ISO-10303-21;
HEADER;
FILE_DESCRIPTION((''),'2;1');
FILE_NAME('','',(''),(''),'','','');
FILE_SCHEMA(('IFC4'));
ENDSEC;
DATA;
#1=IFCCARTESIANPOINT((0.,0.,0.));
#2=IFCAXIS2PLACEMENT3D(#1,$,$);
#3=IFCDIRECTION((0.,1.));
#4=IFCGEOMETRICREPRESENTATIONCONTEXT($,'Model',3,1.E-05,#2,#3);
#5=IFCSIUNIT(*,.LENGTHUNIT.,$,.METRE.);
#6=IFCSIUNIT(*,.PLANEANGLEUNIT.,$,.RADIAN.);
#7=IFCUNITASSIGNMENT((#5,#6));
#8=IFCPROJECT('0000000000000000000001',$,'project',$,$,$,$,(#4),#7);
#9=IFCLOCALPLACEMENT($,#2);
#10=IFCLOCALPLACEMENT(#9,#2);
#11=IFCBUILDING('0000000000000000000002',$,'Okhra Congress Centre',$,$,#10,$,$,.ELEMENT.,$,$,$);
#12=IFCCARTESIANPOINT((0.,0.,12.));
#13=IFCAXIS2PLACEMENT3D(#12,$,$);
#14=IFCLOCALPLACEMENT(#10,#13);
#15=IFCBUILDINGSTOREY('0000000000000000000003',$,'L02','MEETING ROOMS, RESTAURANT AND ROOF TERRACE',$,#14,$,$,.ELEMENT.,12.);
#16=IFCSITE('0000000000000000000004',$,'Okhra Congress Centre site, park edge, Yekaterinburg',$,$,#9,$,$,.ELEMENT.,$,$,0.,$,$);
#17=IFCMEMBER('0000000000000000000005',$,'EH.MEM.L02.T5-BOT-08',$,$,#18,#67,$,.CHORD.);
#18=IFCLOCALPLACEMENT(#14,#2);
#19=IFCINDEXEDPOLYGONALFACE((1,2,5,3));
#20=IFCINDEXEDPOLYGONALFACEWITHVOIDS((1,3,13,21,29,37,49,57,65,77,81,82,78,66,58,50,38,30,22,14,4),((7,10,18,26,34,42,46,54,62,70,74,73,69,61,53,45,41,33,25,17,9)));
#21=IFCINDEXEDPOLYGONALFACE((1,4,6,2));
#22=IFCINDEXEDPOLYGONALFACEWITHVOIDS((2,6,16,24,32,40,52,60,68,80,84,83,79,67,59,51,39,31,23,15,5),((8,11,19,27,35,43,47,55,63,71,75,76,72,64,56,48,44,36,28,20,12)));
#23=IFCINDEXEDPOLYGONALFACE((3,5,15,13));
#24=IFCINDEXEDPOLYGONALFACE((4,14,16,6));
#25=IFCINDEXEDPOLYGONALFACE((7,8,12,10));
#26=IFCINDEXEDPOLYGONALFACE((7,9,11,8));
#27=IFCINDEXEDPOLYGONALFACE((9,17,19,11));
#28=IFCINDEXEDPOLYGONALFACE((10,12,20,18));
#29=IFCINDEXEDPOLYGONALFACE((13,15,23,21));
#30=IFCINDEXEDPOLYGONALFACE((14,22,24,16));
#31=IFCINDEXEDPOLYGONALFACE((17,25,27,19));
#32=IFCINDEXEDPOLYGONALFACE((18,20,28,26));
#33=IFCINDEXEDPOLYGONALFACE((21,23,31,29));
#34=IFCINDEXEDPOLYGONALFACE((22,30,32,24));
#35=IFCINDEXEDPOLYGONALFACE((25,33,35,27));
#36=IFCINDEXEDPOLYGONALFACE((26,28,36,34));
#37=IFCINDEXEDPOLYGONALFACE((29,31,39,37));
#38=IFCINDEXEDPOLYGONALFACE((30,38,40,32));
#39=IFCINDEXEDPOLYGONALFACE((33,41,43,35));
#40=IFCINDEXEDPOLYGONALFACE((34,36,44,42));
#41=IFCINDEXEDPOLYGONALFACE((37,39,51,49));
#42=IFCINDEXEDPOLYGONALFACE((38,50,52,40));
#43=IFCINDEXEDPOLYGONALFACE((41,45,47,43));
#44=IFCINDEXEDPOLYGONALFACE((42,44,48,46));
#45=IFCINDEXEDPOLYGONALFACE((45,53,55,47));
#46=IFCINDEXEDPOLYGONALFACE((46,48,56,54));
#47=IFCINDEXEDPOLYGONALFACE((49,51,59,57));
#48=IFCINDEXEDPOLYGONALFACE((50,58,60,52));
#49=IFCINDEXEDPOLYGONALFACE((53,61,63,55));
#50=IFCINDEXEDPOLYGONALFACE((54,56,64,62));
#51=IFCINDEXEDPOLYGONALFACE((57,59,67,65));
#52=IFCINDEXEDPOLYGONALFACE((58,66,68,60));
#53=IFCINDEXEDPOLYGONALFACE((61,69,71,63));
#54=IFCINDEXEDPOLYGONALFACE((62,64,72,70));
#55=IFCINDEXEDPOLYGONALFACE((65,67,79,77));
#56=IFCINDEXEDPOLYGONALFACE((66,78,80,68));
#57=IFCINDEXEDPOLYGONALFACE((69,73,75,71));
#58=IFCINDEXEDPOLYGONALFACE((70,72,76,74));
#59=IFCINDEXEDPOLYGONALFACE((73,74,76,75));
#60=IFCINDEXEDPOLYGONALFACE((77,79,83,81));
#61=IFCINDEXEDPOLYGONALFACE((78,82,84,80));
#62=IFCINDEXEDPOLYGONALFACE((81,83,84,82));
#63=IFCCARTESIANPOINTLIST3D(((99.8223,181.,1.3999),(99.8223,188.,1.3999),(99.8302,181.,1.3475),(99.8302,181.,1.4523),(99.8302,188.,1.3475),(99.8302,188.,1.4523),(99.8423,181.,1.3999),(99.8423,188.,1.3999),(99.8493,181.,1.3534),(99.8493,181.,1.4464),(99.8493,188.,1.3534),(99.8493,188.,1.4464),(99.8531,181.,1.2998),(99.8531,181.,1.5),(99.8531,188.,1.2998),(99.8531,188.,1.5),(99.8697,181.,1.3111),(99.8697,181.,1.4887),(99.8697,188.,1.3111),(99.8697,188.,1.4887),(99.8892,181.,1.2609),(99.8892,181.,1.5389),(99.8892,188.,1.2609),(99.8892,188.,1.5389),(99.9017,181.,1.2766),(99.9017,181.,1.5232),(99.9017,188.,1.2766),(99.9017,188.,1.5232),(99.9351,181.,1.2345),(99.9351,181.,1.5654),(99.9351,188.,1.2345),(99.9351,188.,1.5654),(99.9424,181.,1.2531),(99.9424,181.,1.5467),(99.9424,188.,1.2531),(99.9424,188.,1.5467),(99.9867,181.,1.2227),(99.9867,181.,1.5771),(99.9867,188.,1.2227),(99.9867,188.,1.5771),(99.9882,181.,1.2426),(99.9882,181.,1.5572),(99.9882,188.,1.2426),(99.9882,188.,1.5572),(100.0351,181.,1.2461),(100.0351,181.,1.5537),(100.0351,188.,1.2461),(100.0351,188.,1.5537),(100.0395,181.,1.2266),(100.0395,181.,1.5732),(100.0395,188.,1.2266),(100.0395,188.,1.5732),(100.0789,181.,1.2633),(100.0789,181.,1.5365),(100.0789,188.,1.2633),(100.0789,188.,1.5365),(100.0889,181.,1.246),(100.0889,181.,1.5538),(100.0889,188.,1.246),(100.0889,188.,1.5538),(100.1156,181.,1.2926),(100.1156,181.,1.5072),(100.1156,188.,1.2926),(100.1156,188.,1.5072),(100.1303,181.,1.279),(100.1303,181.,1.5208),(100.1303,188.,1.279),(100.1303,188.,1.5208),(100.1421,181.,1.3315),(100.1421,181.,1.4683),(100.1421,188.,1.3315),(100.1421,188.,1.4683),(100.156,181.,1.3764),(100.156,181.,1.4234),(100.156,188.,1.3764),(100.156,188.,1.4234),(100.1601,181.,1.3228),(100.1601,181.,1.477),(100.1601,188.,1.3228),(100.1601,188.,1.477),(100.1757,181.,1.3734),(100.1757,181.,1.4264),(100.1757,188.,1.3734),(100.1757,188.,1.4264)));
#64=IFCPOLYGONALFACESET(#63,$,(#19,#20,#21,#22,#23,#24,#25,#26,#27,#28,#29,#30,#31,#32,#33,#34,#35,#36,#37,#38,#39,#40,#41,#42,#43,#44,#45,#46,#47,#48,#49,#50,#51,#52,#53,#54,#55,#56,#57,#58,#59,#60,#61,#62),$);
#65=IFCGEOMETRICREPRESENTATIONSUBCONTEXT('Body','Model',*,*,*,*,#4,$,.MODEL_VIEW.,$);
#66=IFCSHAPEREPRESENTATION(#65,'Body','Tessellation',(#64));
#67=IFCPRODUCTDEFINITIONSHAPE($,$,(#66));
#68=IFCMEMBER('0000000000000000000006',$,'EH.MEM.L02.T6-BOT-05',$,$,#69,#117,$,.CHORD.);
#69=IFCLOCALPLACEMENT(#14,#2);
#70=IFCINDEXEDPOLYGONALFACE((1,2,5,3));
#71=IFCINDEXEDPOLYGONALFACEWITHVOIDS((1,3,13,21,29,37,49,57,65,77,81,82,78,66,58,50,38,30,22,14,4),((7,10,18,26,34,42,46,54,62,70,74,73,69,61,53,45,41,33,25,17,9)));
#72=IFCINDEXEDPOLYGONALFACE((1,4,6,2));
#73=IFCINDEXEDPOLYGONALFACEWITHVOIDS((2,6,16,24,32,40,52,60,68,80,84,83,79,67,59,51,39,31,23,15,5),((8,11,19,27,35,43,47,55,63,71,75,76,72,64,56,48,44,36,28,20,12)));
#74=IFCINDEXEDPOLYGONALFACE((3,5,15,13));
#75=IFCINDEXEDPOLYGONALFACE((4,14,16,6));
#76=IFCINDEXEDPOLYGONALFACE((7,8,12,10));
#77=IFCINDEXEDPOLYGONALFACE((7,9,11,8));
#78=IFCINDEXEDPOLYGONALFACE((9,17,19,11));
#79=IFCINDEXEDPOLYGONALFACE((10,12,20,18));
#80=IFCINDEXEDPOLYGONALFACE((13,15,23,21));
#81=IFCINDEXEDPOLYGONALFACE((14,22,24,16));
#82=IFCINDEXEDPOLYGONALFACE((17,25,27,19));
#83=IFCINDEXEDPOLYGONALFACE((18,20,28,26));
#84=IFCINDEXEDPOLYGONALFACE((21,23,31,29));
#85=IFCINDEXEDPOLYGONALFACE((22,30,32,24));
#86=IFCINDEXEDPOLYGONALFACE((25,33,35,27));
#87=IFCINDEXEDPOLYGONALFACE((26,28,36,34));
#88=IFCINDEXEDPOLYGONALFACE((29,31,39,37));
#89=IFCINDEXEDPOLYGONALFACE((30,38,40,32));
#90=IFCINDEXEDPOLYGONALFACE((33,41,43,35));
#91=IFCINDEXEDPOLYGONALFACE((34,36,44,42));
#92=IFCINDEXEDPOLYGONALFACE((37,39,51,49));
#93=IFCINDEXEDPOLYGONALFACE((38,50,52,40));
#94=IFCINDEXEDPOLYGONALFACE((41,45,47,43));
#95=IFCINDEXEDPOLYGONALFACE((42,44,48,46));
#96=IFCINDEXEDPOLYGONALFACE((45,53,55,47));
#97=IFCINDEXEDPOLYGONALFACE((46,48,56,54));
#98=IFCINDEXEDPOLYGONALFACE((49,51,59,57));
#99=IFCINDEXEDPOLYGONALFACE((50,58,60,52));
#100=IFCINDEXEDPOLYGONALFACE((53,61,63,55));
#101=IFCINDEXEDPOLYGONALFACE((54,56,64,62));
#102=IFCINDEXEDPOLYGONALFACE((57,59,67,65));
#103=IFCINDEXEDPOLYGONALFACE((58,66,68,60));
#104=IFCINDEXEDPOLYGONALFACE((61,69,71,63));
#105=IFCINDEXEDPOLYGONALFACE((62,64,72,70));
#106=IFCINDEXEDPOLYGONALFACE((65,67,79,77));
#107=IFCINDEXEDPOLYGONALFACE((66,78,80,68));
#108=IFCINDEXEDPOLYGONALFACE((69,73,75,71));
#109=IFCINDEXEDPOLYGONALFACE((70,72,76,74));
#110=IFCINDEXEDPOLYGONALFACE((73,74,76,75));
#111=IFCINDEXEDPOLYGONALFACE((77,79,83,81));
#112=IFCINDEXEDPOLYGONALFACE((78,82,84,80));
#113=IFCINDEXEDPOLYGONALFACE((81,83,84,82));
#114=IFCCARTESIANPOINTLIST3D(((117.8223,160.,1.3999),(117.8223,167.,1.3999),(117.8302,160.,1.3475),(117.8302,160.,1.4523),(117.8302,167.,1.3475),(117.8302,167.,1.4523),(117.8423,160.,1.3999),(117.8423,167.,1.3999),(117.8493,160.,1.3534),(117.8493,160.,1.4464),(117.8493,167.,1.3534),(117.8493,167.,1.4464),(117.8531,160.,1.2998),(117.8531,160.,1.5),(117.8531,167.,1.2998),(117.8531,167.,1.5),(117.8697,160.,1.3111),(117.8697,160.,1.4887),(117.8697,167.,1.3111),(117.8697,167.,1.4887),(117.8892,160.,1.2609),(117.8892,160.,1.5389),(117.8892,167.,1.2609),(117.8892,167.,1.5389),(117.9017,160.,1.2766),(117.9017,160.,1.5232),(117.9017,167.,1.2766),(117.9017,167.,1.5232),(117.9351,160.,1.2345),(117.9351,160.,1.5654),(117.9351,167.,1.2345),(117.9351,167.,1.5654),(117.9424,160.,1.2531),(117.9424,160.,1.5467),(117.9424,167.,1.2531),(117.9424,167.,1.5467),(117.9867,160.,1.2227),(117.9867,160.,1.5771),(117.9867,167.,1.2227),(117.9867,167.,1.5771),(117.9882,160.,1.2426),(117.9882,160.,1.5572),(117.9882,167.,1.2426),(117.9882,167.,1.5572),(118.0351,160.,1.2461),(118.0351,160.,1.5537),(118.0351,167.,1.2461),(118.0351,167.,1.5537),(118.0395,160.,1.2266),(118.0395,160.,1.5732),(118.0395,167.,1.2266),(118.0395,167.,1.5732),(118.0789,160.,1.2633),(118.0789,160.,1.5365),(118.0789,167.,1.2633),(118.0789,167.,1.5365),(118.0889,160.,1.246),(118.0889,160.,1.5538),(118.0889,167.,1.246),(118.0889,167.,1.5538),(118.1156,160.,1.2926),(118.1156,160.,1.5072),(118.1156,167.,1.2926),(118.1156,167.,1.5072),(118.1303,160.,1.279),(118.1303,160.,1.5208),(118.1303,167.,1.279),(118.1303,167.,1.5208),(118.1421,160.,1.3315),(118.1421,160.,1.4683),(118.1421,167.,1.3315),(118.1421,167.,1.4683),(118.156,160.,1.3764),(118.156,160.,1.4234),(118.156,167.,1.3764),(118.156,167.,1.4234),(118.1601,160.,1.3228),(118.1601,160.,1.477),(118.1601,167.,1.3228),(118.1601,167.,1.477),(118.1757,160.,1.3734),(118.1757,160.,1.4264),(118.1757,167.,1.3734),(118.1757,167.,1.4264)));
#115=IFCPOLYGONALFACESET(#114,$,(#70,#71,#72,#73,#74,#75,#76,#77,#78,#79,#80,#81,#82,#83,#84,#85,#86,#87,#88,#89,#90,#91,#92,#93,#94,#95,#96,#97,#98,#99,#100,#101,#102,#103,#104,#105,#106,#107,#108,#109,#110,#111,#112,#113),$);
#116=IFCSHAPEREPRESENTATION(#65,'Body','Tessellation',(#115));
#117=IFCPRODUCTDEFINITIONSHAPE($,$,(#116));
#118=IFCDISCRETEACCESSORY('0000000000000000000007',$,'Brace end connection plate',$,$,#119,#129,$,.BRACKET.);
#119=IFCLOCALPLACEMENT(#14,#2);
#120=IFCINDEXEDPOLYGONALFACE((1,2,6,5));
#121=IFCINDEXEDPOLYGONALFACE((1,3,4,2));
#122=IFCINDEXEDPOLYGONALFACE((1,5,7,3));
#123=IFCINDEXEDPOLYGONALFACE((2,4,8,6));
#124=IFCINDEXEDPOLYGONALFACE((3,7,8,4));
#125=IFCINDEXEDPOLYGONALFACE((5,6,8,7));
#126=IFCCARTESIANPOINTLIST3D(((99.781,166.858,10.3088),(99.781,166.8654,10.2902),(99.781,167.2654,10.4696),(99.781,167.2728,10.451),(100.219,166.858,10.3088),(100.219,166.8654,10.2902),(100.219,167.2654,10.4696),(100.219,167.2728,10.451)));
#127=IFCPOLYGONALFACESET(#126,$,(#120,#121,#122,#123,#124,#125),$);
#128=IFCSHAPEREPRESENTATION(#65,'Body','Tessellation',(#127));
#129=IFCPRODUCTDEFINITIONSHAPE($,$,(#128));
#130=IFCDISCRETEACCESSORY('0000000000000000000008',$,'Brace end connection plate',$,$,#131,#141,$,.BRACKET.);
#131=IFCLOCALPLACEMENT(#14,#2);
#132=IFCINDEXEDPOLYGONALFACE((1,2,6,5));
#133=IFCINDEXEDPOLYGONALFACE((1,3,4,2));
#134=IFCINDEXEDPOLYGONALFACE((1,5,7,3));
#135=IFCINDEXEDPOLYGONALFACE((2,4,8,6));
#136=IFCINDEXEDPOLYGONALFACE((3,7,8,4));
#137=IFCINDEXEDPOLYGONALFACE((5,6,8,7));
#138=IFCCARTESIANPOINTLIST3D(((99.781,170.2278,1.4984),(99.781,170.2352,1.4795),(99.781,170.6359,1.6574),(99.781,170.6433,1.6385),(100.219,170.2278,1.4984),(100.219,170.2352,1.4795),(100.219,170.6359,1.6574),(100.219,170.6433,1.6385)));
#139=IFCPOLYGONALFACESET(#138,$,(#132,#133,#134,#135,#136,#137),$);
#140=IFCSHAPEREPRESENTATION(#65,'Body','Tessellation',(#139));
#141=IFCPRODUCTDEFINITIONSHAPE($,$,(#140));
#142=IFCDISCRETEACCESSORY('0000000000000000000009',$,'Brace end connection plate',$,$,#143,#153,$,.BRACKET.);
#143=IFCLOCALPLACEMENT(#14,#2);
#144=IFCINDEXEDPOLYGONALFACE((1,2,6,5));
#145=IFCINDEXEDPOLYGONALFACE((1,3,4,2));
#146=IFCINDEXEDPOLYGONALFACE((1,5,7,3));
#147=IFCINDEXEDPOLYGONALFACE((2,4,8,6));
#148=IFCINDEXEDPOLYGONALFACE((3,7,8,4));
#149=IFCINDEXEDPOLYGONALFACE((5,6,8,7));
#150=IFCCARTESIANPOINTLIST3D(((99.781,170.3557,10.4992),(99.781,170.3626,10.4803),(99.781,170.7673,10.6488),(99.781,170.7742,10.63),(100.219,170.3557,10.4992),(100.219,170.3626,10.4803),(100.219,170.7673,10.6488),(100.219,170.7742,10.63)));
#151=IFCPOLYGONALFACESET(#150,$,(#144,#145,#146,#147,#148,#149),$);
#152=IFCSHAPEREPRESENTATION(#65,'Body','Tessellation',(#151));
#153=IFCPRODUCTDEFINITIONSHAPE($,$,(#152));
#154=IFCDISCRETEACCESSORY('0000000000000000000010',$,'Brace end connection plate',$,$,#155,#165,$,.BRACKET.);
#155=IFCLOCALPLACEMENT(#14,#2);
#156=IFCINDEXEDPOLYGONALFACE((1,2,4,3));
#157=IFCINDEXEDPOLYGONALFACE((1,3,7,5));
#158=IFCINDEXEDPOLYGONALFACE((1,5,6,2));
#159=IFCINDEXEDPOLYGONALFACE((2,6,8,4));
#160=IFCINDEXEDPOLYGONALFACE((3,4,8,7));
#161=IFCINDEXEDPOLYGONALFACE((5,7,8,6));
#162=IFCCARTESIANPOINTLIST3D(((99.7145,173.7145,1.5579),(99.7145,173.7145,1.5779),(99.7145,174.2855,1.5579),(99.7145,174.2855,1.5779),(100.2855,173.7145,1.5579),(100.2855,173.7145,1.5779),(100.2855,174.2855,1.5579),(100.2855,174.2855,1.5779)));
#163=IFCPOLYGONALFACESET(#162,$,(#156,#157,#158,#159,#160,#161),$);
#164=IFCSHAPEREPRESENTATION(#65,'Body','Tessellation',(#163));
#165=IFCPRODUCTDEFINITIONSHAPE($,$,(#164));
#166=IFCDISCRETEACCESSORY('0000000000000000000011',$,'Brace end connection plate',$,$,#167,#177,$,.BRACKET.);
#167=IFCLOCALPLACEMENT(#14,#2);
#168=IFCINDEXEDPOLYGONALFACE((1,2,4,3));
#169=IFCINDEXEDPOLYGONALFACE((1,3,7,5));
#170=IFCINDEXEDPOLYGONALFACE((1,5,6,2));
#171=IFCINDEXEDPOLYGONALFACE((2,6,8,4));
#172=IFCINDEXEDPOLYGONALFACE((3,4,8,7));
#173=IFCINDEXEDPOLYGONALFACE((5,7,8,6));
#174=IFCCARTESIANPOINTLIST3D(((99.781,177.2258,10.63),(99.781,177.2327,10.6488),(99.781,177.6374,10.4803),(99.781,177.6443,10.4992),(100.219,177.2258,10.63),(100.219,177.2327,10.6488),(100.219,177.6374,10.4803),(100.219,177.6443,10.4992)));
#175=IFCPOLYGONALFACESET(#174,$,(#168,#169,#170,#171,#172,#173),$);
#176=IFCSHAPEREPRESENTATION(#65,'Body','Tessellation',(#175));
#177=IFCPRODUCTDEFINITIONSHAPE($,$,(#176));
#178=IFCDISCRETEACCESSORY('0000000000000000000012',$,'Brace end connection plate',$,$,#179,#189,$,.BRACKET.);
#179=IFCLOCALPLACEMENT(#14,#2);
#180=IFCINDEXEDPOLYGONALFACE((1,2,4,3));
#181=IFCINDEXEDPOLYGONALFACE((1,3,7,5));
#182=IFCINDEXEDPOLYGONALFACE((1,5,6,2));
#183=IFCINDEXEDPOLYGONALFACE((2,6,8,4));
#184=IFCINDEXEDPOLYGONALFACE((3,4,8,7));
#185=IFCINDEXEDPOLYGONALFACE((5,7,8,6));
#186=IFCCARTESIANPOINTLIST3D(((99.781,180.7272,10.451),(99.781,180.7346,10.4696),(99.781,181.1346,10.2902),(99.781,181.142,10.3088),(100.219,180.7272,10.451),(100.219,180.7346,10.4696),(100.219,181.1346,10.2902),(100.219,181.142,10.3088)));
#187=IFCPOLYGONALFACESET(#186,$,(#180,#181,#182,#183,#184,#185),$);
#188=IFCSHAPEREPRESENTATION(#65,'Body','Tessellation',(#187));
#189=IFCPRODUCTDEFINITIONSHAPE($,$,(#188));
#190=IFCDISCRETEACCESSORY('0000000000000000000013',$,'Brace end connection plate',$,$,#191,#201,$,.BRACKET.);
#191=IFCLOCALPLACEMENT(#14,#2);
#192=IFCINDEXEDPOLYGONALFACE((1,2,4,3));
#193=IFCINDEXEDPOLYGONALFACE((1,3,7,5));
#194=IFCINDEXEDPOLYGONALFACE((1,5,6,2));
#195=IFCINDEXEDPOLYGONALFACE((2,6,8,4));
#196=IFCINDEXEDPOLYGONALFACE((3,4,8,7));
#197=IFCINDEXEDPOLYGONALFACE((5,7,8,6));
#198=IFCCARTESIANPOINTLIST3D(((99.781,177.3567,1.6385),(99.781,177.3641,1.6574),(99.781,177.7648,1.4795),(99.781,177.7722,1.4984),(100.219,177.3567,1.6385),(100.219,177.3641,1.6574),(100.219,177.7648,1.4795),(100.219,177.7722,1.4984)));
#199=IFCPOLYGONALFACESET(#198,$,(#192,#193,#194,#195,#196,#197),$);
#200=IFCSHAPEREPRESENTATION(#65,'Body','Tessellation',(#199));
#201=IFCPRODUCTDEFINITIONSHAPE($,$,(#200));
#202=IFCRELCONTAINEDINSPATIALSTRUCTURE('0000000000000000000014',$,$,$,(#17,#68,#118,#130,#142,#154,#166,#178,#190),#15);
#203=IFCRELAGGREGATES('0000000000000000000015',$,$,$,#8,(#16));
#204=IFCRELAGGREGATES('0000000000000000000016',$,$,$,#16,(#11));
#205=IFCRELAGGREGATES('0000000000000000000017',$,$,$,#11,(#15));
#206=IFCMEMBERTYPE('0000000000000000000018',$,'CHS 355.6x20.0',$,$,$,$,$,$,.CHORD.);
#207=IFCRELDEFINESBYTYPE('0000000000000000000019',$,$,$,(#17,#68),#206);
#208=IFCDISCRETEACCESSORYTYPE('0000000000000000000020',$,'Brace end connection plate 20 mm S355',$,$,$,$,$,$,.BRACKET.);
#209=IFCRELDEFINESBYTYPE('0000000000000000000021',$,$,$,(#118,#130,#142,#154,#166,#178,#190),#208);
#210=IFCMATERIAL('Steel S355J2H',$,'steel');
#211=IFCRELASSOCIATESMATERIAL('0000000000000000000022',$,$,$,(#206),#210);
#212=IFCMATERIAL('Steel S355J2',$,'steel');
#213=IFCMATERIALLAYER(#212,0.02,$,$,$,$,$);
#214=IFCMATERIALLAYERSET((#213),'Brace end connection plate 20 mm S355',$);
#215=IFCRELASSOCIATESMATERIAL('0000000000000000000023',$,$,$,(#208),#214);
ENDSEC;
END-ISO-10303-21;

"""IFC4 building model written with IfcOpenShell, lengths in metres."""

from ifc_helpers import new_model, si_unit, direction, frame, origin, origin_2d, place, context, subcontext, project, spatial, rectangle, hollow_circle, extrude, material, layer, layer_set, material_profile, profile_set, type_object, element, save


model = new_model("IFC4")

# Units and contexts
model_context = context("Model", 3, precision=1e-05, world=origin(), true_north=direction((0.0, 1.0)))
body_context = subcontext(model_context, "Body", "Model", "MODEL_VIEW")
ifc_project = project(units=[si_unit("LENGTHUNIT", "METRE"), si_unit("PLANEANGLEUNIT", "RADIAN")], contexts=[model_context])

# Site, building, storey
site_placement = place(None, origin())
site = spatial("IfcSite", under=ifc_project, at=site_placement, Name="Okhra Congress Centre site, park edge, Yekaterinburg", CompositionType="ELEMENT", RefElevation=0.0)
building_placement = place(site_placement, origin())
building = spatial("IfcBuilding", under=site, at=building_placement, Name="Okhra Congress Centre", CompositionType="ELEMENT")
storey_placement = place(building_placement, frame((0.0, 0.0, 12.0)))
storey = spatial("IfcBuildingStorey", under=building, at=storey_placement, Name="L02", Description="MEETING ROOMS, RESTAURANT AND ROOF TERRACE", CompositionType="ELEMENT", Elevation=12.0)

# Members
ifc_material_1 = material(Name="Steel S355J2H", Category="steel")
ifc_material_profile_1 = material_profile(ifc_material_1, hollow_circle(Radius=0.1777, WallThickness=0.02, at=origin_2d()), Name="CHS 355.6x20.0")
ifc_profile_set_1 = profile_set([ifc_material_profile_1], Name="Steel S355J2H")
member_type_1 = type_object("IfcMemberType", Name="CHS 355.6x20.0", PredefinedType="CHORD", material=ifc_profile_set_1)
for number, where, z_axis, x_axis, name in (
    (1, (100.0, 181.0, 1.3999), (0.0, 1.0, 0.0), (-1.0, 0.0, 0.0), "EH.MEM.L02.T5-BOT-08"),
    (2, (118.0, 160.0, 1.3999), (0.0, 1.0, 0.0), (-1.0, 0.0, 0.0), "EH.MEM.L02.T6-BOT-05"),
):
    element("IfcMember", number, at=place(storey_placement, frame(where, z_axis=z_axis, x_axis=x_axis)), inside=storey, type_object=member_type_1, Name=name, PredefinedType="CHORD", context=body_context, shape_type="SweptSolid", body=[
        extrude(hollow_circle(Radius=0.1777, WallThickness=0.02, at=origin_2d()), origin(), (0.0, 0.0, 1.0), 7.0),
    ])

# Discrete accessories
ifc_material_2 = material(Name="Steel S355J2", Category="steel")
ifc_layer = layer(ifc_material_2, 0.02)
ifc_layer_set = layer_set([ifc_layer], Name="Brace end connection plate 20 mm S355")
discrete_accessory_type = type_object("IfcDiscreteAccessoryType", Name="Brace end connection plate 20 mm S355", PredefinedType="BRACKET", material=ifc_layer_set)
discrete_accessory_1_placement = place(storey_placement, frame((100.0, 167.0691, 10.3706), z_axis=(0.0, -0.367167, 0.930155), x_axis=(1.0, 0.0, 0.0)))
element("IfcDiscreteAccessory", 3, at=discrete_accessory_1_placement, inside=storey, type_object=discrete_accessory_type, Name="Brace end connection plate", PredefinedType="BRACKET", context=body_context, shape_type="SweptSolid", body=[
    extrude(rectangle(XDim=0.438, YDim=0.438, at=origin_2d()), origin(), (0.0, 0.0, 1.0), 0.02),
])
discrete_accessory_2_placement = place(storey_placement, frame((100.0, 170.4319, 1.5779), z_axis=(0.0, 0.36303, -0.931777), x_axis=(-1.0, 0.0, 0.0)))
element("IfcDiscreteAccessory", 4, at=discrete_accessory_2_placement, inside=storey, type_object=discrete_accessory_type, Name="Brace end connection plate", PredefinedType="BRACKET", context=body_context, shape_type="SweptSolid", body=[
    extrude(rectangle(XDim=0.438, YDim=0.438, at=origin_2d()), origin(), (0.0, 0.0, 1.0), 0.0203),
])
discrete_accessory_3_placement = place(storey_placement, frame((100.0, 170.5684, 10.5552), z_axis=(0.0, -0.341743, 0.939793), x_axis=(1.0, 0.0, 0.0)))
element("IfcDiscreteAccessory", 5, at=discrete_accessory_3_placement, inside=storey, type_object=discrete_accessory_type, Name="Brace end connection plate", PredefinedType="BRACKET", context=body_context, shape_type="SweptSolid", body=[
    extrude(rectangle(XDim=0.438, YDim=0.438, at=origin_2d()), origin(), (0.0, 0.0, 1.0), 0.02),
])
discrete_accessory_4_placement = place(storey_placement, frame((100.0, 174.0, 1.5779), z_axis=(0.0, 0.0, -1.0), x_axis=(1.0, 0.0, 0.0)))
element("IfcDiscreteAccessory", 6, at=discrete_accessory_4_placement, inside=storey, type_object=discrete_accessory_type, Name="Brace end connection plate", PredefinedType="BRACKET", context=body_context, shape_type="SweptSolid", body=[
    extrude(rectangle(XDim=0.571, YDim=0.571, at=origin_2d()), origin(), (0.0, 0.0, 1.0), 0.02),
])
for number, where, z_axis, x_axis, name in (
    (7, (100.0, 177.4316, 10.5552), (0.0, 0.341743, 0.939793), (-1.0, 0.0, 0.0), "Brace end connection plate"),
    (8, (100.0, 180.9309, 10.3706), (0.0, 0.367167, 0.930155), (-1.0, 0.0, 0.0), "Brace end connection plate"),
):
    element("IfcDiscreteAccessory", number, at=place(storey_placement, frame(where, z_axis=z_axis, x_axis=x_axis)), inside=storey, type_object=discrete_accessory_type, Name=name, PredefinedType="BRACKET", context=body_context, shape_type="SweptSolid", body=[
        extrude(rectangle(XDim=0.438, YDim=0.438, at=origin_2d()), origin(), (0.0, 0.0, 1.0), 0.02),
    ])
discrete_accessory_5_placement = place(storey_placement, frame((100.0, 177.5681, 1.5779), z_axis=(0.0, -0.36303, -0.931777), x_axis=(1.0, 0.0, 0.0)))
element("IfcDiscreteAccessory", 9, at=discrete_accessory_5_placement, inside=storey, type_object=discrete_accessory_type, Name="Brace end connection plate", PredefinedType="BRACKET", context=body_context, shape_type="SweptSolid", body=[
    extrude(rectangle(XDim=0.438, YDim=0.438, at=origin_2d()), origin(), (0.0, 0.0, 1.0), 0.0203),
])

save(model, "model.ifc")
